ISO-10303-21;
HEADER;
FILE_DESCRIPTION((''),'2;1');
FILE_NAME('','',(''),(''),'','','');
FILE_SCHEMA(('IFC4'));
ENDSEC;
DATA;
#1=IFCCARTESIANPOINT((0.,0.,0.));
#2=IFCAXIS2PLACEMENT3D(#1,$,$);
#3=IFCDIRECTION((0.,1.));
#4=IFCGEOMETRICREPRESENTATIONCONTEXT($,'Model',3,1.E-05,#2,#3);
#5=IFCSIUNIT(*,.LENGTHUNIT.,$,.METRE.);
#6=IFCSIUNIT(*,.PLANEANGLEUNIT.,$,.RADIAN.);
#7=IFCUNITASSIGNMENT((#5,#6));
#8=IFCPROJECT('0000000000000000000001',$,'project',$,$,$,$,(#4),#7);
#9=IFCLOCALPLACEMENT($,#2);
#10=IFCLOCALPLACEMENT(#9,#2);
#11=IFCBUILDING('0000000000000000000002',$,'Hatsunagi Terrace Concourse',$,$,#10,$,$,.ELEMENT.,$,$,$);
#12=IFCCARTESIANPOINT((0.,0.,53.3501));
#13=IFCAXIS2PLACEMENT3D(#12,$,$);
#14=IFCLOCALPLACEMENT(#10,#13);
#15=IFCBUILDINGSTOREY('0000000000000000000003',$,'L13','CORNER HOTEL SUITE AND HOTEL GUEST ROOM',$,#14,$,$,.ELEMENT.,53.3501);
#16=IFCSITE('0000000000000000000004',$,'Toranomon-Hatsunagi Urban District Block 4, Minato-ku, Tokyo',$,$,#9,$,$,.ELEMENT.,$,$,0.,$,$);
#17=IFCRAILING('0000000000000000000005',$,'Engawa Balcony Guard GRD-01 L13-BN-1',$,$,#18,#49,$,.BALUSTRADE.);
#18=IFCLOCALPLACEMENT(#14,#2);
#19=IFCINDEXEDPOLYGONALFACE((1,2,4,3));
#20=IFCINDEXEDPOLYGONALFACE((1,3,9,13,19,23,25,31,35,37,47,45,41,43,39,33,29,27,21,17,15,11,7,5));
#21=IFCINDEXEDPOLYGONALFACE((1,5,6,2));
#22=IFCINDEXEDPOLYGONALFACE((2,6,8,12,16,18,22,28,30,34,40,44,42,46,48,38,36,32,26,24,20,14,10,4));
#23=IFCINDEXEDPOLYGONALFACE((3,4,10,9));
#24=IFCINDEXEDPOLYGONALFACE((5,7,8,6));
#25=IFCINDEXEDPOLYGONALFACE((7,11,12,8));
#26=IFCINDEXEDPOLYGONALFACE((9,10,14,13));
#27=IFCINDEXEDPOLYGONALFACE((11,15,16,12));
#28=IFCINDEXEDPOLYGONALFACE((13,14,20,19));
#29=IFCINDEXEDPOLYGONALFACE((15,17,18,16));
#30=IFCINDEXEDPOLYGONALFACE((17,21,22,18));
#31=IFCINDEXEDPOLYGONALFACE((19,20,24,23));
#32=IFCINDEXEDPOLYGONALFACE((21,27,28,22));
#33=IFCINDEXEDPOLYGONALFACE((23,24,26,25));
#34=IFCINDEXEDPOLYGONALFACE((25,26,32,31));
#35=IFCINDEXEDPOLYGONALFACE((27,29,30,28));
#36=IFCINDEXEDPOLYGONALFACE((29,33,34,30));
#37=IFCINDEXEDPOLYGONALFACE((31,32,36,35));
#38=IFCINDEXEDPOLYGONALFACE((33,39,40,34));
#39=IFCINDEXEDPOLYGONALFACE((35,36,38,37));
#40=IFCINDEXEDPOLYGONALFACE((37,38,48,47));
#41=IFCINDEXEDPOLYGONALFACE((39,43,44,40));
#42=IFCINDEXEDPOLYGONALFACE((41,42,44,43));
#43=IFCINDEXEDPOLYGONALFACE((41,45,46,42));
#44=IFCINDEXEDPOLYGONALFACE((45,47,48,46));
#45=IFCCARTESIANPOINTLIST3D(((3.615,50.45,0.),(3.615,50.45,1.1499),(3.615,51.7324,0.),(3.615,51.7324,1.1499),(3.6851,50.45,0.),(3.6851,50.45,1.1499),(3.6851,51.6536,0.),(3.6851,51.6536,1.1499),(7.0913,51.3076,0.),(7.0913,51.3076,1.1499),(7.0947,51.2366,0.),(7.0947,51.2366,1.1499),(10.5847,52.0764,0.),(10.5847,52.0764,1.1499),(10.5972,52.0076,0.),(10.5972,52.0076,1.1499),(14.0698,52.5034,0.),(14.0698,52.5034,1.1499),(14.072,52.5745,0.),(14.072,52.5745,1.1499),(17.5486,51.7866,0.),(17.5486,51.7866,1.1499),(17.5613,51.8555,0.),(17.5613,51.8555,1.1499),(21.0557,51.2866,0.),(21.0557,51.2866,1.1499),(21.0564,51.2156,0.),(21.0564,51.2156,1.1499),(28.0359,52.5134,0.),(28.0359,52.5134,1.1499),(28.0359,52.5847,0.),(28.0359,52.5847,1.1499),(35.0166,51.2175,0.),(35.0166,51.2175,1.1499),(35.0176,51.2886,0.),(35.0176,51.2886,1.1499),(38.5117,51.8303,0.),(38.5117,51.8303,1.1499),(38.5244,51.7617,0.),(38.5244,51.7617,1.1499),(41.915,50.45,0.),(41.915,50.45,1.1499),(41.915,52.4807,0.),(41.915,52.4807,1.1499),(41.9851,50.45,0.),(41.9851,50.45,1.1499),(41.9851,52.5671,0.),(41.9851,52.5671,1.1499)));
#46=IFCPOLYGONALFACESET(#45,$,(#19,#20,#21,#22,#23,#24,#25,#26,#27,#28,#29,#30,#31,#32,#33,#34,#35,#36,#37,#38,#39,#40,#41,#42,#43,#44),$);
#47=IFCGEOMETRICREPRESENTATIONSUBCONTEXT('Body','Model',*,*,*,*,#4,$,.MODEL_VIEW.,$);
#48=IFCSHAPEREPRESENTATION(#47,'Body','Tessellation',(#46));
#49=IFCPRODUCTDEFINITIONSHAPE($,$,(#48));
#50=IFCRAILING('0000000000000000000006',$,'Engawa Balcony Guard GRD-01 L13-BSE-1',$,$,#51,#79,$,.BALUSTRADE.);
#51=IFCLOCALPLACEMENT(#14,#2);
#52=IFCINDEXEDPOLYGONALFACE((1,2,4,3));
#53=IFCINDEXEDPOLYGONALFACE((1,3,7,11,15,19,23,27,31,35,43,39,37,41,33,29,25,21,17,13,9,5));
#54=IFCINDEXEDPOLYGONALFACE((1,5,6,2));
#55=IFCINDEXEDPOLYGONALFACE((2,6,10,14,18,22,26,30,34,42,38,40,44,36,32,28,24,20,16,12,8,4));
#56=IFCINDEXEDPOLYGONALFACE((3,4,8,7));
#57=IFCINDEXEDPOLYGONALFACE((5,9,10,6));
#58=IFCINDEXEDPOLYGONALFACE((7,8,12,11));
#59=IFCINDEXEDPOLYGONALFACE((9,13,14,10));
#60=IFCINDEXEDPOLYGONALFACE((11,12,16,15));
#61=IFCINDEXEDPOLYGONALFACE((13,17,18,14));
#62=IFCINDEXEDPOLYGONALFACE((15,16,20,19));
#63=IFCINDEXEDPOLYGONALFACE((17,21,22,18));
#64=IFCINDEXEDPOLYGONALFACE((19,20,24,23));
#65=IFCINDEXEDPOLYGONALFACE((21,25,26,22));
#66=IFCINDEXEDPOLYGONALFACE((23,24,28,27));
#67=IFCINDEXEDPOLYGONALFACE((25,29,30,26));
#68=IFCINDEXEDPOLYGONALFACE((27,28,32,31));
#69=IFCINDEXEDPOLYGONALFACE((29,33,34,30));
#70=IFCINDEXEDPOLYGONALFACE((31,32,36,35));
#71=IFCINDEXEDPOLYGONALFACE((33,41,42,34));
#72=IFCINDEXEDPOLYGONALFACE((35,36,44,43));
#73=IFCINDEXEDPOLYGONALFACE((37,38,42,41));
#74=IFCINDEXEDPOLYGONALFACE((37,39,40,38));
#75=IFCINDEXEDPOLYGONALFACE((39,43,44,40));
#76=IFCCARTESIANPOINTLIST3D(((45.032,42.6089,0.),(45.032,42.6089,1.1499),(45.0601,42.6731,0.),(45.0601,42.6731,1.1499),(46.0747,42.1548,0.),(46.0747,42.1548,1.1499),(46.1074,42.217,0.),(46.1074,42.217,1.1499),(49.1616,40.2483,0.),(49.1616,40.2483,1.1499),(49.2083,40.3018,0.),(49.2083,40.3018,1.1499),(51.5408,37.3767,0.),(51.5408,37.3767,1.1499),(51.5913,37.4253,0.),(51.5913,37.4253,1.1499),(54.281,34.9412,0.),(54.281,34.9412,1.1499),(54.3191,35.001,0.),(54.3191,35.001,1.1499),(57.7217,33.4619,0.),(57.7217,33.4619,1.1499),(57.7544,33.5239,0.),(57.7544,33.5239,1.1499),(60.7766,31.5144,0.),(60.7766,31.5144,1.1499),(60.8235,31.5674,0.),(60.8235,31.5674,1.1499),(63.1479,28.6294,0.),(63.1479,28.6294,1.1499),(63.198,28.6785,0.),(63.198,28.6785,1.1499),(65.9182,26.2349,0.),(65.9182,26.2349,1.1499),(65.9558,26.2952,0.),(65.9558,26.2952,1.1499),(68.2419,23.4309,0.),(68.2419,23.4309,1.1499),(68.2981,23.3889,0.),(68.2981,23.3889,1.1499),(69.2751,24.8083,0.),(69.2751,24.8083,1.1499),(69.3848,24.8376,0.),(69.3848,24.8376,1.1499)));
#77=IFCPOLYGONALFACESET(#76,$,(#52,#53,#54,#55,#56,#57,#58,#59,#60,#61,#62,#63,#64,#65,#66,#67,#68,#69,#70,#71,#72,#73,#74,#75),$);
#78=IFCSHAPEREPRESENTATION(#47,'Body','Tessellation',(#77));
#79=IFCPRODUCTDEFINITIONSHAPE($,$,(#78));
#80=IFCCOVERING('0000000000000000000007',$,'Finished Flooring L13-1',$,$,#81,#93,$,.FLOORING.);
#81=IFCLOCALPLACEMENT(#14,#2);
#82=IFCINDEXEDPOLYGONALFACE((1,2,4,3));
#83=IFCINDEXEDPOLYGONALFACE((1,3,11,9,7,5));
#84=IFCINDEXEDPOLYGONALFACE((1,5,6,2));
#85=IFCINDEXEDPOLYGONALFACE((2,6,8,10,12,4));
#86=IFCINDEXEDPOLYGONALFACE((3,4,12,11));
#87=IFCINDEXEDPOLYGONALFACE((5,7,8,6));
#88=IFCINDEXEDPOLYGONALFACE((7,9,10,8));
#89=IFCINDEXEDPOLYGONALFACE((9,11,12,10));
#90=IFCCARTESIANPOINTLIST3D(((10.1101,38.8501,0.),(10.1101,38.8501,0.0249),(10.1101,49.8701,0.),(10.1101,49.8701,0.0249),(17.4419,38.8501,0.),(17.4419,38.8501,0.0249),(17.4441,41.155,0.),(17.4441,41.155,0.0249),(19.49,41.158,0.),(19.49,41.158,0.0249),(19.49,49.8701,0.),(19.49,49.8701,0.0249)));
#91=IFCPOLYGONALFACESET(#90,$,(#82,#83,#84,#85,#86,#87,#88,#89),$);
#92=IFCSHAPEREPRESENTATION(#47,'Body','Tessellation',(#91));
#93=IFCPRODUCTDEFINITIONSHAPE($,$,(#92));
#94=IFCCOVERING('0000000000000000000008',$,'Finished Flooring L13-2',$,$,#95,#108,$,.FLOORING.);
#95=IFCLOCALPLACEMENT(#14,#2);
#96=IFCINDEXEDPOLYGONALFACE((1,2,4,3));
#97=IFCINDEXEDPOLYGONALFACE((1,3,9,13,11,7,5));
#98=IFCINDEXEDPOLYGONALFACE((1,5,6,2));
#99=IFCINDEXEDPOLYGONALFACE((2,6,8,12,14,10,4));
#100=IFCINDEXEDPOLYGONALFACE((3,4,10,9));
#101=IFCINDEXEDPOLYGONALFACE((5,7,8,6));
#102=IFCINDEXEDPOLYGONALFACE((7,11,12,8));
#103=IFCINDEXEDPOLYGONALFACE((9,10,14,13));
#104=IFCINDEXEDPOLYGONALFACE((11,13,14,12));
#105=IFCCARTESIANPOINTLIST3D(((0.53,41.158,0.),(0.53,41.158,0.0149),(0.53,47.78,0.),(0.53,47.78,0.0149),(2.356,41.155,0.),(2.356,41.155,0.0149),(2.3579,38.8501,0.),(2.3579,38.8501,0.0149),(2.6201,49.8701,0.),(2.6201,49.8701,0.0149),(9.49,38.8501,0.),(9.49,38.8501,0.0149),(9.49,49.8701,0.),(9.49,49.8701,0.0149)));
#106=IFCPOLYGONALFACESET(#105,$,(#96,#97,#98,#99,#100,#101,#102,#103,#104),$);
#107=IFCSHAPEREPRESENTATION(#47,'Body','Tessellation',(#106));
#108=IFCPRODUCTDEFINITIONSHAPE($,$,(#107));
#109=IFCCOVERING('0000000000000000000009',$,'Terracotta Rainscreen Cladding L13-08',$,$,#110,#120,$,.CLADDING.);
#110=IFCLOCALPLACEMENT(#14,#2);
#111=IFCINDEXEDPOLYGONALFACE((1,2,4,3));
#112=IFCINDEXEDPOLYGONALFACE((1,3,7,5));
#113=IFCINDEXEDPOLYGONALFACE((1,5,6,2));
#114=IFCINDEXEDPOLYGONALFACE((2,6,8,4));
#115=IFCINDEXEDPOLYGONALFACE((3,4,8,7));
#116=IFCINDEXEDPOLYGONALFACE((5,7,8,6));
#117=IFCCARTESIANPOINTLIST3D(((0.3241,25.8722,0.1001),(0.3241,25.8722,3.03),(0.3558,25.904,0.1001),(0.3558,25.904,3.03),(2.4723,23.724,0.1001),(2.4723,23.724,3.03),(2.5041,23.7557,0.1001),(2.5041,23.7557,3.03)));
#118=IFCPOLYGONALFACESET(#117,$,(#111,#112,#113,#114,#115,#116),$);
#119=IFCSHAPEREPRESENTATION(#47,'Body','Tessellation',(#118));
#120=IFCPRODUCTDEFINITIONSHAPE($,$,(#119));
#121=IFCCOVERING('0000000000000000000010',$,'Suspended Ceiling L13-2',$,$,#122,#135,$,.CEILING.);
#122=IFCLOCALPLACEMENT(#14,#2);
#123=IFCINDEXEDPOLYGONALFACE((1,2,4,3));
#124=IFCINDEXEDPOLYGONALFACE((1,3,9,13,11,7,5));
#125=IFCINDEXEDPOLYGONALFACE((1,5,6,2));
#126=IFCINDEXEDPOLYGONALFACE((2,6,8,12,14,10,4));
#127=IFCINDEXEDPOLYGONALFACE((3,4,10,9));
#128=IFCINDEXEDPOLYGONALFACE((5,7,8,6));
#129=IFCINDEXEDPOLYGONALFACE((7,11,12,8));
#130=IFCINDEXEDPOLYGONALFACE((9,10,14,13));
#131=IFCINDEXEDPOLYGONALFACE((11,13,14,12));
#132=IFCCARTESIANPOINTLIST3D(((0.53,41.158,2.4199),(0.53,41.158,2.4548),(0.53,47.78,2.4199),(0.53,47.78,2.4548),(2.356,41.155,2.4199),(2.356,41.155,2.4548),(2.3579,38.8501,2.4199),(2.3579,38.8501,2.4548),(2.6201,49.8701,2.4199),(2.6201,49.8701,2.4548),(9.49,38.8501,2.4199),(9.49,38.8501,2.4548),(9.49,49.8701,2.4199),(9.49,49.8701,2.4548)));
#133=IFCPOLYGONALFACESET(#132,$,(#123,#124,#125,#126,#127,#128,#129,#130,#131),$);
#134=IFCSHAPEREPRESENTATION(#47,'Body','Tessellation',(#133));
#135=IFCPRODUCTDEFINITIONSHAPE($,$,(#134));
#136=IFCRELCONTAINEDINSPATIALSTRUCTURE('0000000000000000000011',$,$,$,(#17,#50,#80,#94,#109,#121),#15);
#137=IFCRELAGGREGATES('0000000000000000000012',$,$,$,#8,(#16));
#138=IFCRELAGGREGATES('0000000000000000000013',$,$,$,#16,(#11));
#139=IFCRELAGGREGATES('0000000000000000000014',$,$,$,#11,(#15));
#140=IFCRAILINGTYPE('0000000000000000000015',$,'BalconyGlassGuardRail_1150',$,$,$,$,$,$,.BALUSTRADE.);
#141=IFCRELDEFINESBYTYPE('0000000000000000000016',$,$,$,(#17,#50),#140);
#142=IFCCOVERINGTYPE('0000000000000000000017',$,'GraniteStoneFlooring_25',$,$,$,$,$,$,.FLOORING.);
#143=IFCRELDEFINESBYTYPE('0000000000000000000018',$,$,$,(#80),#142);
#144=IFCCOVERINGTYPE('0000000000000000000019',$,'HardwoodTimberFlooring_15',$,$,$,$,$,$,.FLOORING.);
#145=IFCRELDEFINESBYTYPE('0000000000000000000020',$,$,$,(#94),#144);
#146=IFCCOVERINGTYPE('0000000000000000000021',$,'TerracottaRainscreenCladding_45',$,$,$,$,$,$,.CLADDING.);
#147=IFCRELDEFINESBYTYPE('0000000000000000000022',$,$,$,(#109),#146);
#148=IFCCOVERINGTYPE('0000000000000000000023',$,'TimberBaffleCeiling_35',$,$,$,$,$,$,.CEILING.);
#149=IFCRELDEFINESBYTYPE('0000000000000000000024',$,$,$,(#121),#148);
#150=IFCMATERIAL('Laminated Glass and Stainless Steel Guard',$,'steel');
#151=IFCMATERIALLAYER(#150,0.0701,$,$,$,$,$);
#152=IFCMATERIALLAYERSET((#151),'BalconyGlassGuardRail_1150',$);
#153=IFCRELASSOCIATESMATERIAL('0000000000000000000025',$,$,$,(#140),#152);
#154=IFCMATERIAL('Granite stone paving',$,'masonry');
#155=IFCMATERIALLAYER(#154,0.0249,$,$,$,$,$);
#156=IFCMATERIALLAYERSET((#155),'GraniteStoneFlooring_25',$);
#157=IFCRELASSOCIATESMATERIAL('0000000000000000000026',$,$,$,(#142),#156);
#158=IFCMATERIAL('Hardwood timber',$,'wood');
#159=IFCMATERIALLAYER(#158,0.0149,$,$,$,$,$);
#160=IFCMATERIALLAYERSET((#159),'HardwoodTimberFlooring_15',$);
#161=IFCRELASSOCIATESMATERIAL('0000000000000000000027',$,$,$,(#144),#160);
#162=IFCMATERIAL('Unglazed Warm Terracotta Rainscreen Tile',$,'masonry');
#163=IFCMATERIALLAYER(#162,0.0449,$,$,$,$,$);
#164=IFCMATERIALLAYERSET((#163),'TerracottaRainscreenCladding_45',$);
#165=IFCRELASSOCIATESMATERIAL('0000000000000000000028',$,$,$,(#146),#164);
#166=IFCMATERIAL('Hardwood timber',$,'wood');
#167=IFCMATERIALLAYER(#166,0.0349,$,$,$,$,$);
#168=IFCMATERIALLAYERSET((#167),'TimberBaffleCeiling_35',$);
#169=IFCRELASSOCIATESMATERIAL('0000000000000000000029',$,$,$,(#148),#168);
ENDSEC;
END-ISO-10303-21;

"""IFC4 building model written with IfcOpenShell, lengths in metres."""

from ifc_helpers import new_model, si_unit, direction, frame, origin, origin_2d, place, context, subcontext, project, spatial, polyline, rectangle, outline, extrude, material, layer, layer_set, type_object, element, save


model = new_model("IFC4")

# Units and contexts
model_context = context("Model", 3, precision=1e-05, world=origin(), true_north=direction((0.0, 1.0)))
body_context = subcontext(model_context, "Body", "Model", "MODEL_VIEW")
ifc_project = project(units=[si_unit("LENGTHUNIT", "METRE"), si_unit("PLANEANGLEUNIT", "RADIAN")], contexts=[model_context])

# Site, building, storey
site_placement = place(None, origin())
site = spatial("IfcSite", under=ifc_project, at=site_placement, Name="Toranomon-Hatsunagi Urban District Block 4, Minato-ku, Tokyo", CompositionType="ELEMENT", RefElevation=0.0)
building_placement = place(site_placement, origin())
building = spatial("IfcBuilding", under=site, at=building_placement, Name="Hatsunagi Terrace Concourse", CompositionType="ELEMENT")
storey_placement = place(building_placement, frame((0.0, 0.0, 53.3501)))
storey = spatial("IfcBuildingStorey", under=building, at=storey_placement, Name="L13", Description="CORNER HOTEL SUITE AND HOTEL GUEST ROOM", CompositionType="ELEMENT", Elevation=53.3501)

# Railings
ifc_material_1 = material(Name="Laminated Glass and Stainless Steel Guard", Category="steel")
ifc_layer_1 = layer(ifc_material_1, 0.0701)
ifc_layer_set_1 = layer_set([ifc_layer_1], Name="BalconyGlassGuardRail_1150")
railing_type = type_object("IfcRailingType", Name="BalconyGlassGuardRail_1150", PredefinedType="BALUSTRADE", material=ifc_layer_set_1)
railing_1_placement = place(storey_placement, origin())
element("IfcRailing", 1, at=railing_1_placement, inside=storey, type_object=railing_type, Name="Engawa Balcony Guard GRD-01 L13-BN-1", PredefinedType="BALUSTRADE", context=body_context, shape_type="SweptSolid", body=[
    extrude(outline(polyline([(3.615, 50.45), (3.6851, 50.45), (3.6851, 51.6536), (7.0947, 51.2366), (10.5972, 52.0076), (14.0698, 52.5034), (17.5486, 51.7866), (21.0564, 51.2156), (28.0359, 52.5134), (35.0166, 51.2175), (38.5244, 51.7617), (41.915, 52.4807), (41.915, 50.45), (41.9851, 50.45), (41.9851, 52.5671), (38.5117, 51.8303), (35.0176, 51.2886), (28.0359, 52.5847), (21.0557, 51.2866), (17.5613, 51.8555), (14.072, 52.5745), (10.5847, 52.0764), (7.0913, 51.3076), (3.615, 51.7324), (3.615, 50.45)])), origin(), (0.0, 0.0, 1.0), 1.1499),
])
railing_2_placement = place(storey_placement, origin())
element("IfcRailing", 2, at=railing_2_placement, inside=storey, type_object=railing_type, Name="Engawa Balcony Guard GRD-01 L13-BSE-1", PredefinedType="BALUSTRADE", context=body_context, shape_type="SweptSolid", body=[
    extrude(outline(polyline([(45.0601, 42.6731), (45.032, 42.6089), (46.0747, 42.1548), (49.1616, 40.2483), (51.5408, 37.3767), (54.281, 34.9412), (57.7217, 33.4619), (60.7766, 31.5144), (63.1479, 28.6294), (65.9182, 26.2349), (69.2751, 24.8083), (68.2419, 23.4309), (68.2981, 23.3889), (69.3848, 24.8376), (65.9558, 26.2952), (63.198, 28.6785), (60.8235, 31.5674), (57.7544, 33.5239), (54.3191, 35.001), (51.5913, 37.4253), (49.2083, 40.3018), (46.1074, 42.217), (45.0601, 42.6731)])), origin(), (0.0, 0.0, 1.0), 1.1499),
])

# Coverings
ifc_material_2 = material(Name="Granite stone paving", Category="masonry")
ifc_layer_2 = layer(ifc_material_2, 0.0249)
ifc_layer_set_2 = layer_set([ifc_layer_2], Name="GraniteStoneFlooring_25")
covering_type_1 = type_object("IfcCoveringType", Name="GraniteStoneFlooring_25", PredefinedType="FLOORING", material=ifc_layer_set_2)
covering_1_placement = place(storey_placement, origin())
element("IfcCovering", 3, at=covering_1_placement, inside=storey, type_object=covering_type_1, Name="Finished Flooring L13-1", PredefinedType="FLOORING", context=body_context, shape_type="SweptSolid", body=[
    extrude(outline(polyline([(10.1101, 49.8701), (10.1101, 38.8501), (17.4419, 38.8501), (17.4441, 41.155), (19.49, 41.158), (19.49, 49.8701), (10.1101, 49.8701)])), origin(), (0.0, 0.0, 1.0), 0.0249),
])
ifc_material_3 = material(Name="Hardwood timber", Category="wood")
ifc_layer_3 = layer(ifc_material_3, 0.0149)
ifc_layer_set_3 = layer_set([ifc_layer_3], Name="HardwoodTimberFlooring_15")
covering_type_2 = type_object("IfcCoveringType", Name="HardwoodTimberFlooring_15", PredefinedType="FLOORING", material=ifc_layer_set_3)
covering_2_placement = place(storey_placement, origin())
element("IfcCovering", 4, at=covering_2_placement, inside=storey, type_object=covering_type_2, Name="Finished Flooring L13-2", PredefinedType="FLOORING", context=body_context, shape_type="SweptSolid", body=[
    extrude(outline(polyline([(0.53, 47.78), (0.53, 41.158), (2.356, 41.155), (2.3579, 38.8501), (9.49, 38.8501), (9.49, 49.8701), (2.6201, 49.8701), (0.53, 47.78)])), origin(), (0.0, 0.0, 1.0), 0.0149),
])
ifc_material_4 = material(Name="Unglazed Warm Terracotta Rainscreen Tile", Category="masonry")
ifc_layer_4 = layer(ifc_material_4, 0.0449)
ifc_layer_set_4 = layer_set([ifc_layer_4], Name="TerracottaRainscreenCladding_45")
covering_type_3 = type_object("IfcCoveringType", Name="TerracottaRainscreenCladding_45", PredefinedType="CLADDING", material=ifc_layer_set_4)
covering_3_placement = place(storey_placement, frame((1.4141, 24.814, 0.1001), z_axis=(0.0, 0.0, 1.0), x_axis=(-0.707107, 0.707107, 0.0)))
element("IfcCovering", 5, at=covering_3_placement, inside=storey, type_object=covering_type_3, Name="Terracotta Rainscreen Cladding L13-08", PredefinedType="CLADDING", context=body_context, shape_type="SweptSolid", body=[
    extrude(rectangle(XDim=3.0381, YDim=0.0449, at=origin_2d()), origin(), (0.0, 0.0, 1.0), 2.9299),
])
ifc_material_5 = material(Name="Hardwood timber", Category="wood")
ifc_layer_5 = layer(ifc_material_5, 0.0349)
ifc_layer_set_5 = layer_set([ifc_layer_5], Name="TimberBaffleCeiling_35")
covering_type_4 = type_object("IfcCoveringType", Name="TimberBaffleCeiling_35", PredefinedType="CEILING", material=ifc_layer_set_5)
covering_4_placement = place(storey_placement, frame((0.0, 0.0, 2.4199)))
element("IfcCovering", 6, at=covering_4_placement, inside=storey, type_object=covering_type_4, Name="Suspended Ceiling L13-2", PredefinedType="CEILING", context=body_context, shape_type="SweptSolid", body=[
    extrude(outline(polyline([(0.53, 47.78), (0.53, 41.158), (2.356, 41.155), (2.3579, 38.8501), (9.49, 38.8501), (9.49, 49.8701), (2.6201, 49.8701), (0.53, 47.78)])), origin(), (0.0, 0.0, 1.0), 0.0349),
])

save(model, "model.ifc")
